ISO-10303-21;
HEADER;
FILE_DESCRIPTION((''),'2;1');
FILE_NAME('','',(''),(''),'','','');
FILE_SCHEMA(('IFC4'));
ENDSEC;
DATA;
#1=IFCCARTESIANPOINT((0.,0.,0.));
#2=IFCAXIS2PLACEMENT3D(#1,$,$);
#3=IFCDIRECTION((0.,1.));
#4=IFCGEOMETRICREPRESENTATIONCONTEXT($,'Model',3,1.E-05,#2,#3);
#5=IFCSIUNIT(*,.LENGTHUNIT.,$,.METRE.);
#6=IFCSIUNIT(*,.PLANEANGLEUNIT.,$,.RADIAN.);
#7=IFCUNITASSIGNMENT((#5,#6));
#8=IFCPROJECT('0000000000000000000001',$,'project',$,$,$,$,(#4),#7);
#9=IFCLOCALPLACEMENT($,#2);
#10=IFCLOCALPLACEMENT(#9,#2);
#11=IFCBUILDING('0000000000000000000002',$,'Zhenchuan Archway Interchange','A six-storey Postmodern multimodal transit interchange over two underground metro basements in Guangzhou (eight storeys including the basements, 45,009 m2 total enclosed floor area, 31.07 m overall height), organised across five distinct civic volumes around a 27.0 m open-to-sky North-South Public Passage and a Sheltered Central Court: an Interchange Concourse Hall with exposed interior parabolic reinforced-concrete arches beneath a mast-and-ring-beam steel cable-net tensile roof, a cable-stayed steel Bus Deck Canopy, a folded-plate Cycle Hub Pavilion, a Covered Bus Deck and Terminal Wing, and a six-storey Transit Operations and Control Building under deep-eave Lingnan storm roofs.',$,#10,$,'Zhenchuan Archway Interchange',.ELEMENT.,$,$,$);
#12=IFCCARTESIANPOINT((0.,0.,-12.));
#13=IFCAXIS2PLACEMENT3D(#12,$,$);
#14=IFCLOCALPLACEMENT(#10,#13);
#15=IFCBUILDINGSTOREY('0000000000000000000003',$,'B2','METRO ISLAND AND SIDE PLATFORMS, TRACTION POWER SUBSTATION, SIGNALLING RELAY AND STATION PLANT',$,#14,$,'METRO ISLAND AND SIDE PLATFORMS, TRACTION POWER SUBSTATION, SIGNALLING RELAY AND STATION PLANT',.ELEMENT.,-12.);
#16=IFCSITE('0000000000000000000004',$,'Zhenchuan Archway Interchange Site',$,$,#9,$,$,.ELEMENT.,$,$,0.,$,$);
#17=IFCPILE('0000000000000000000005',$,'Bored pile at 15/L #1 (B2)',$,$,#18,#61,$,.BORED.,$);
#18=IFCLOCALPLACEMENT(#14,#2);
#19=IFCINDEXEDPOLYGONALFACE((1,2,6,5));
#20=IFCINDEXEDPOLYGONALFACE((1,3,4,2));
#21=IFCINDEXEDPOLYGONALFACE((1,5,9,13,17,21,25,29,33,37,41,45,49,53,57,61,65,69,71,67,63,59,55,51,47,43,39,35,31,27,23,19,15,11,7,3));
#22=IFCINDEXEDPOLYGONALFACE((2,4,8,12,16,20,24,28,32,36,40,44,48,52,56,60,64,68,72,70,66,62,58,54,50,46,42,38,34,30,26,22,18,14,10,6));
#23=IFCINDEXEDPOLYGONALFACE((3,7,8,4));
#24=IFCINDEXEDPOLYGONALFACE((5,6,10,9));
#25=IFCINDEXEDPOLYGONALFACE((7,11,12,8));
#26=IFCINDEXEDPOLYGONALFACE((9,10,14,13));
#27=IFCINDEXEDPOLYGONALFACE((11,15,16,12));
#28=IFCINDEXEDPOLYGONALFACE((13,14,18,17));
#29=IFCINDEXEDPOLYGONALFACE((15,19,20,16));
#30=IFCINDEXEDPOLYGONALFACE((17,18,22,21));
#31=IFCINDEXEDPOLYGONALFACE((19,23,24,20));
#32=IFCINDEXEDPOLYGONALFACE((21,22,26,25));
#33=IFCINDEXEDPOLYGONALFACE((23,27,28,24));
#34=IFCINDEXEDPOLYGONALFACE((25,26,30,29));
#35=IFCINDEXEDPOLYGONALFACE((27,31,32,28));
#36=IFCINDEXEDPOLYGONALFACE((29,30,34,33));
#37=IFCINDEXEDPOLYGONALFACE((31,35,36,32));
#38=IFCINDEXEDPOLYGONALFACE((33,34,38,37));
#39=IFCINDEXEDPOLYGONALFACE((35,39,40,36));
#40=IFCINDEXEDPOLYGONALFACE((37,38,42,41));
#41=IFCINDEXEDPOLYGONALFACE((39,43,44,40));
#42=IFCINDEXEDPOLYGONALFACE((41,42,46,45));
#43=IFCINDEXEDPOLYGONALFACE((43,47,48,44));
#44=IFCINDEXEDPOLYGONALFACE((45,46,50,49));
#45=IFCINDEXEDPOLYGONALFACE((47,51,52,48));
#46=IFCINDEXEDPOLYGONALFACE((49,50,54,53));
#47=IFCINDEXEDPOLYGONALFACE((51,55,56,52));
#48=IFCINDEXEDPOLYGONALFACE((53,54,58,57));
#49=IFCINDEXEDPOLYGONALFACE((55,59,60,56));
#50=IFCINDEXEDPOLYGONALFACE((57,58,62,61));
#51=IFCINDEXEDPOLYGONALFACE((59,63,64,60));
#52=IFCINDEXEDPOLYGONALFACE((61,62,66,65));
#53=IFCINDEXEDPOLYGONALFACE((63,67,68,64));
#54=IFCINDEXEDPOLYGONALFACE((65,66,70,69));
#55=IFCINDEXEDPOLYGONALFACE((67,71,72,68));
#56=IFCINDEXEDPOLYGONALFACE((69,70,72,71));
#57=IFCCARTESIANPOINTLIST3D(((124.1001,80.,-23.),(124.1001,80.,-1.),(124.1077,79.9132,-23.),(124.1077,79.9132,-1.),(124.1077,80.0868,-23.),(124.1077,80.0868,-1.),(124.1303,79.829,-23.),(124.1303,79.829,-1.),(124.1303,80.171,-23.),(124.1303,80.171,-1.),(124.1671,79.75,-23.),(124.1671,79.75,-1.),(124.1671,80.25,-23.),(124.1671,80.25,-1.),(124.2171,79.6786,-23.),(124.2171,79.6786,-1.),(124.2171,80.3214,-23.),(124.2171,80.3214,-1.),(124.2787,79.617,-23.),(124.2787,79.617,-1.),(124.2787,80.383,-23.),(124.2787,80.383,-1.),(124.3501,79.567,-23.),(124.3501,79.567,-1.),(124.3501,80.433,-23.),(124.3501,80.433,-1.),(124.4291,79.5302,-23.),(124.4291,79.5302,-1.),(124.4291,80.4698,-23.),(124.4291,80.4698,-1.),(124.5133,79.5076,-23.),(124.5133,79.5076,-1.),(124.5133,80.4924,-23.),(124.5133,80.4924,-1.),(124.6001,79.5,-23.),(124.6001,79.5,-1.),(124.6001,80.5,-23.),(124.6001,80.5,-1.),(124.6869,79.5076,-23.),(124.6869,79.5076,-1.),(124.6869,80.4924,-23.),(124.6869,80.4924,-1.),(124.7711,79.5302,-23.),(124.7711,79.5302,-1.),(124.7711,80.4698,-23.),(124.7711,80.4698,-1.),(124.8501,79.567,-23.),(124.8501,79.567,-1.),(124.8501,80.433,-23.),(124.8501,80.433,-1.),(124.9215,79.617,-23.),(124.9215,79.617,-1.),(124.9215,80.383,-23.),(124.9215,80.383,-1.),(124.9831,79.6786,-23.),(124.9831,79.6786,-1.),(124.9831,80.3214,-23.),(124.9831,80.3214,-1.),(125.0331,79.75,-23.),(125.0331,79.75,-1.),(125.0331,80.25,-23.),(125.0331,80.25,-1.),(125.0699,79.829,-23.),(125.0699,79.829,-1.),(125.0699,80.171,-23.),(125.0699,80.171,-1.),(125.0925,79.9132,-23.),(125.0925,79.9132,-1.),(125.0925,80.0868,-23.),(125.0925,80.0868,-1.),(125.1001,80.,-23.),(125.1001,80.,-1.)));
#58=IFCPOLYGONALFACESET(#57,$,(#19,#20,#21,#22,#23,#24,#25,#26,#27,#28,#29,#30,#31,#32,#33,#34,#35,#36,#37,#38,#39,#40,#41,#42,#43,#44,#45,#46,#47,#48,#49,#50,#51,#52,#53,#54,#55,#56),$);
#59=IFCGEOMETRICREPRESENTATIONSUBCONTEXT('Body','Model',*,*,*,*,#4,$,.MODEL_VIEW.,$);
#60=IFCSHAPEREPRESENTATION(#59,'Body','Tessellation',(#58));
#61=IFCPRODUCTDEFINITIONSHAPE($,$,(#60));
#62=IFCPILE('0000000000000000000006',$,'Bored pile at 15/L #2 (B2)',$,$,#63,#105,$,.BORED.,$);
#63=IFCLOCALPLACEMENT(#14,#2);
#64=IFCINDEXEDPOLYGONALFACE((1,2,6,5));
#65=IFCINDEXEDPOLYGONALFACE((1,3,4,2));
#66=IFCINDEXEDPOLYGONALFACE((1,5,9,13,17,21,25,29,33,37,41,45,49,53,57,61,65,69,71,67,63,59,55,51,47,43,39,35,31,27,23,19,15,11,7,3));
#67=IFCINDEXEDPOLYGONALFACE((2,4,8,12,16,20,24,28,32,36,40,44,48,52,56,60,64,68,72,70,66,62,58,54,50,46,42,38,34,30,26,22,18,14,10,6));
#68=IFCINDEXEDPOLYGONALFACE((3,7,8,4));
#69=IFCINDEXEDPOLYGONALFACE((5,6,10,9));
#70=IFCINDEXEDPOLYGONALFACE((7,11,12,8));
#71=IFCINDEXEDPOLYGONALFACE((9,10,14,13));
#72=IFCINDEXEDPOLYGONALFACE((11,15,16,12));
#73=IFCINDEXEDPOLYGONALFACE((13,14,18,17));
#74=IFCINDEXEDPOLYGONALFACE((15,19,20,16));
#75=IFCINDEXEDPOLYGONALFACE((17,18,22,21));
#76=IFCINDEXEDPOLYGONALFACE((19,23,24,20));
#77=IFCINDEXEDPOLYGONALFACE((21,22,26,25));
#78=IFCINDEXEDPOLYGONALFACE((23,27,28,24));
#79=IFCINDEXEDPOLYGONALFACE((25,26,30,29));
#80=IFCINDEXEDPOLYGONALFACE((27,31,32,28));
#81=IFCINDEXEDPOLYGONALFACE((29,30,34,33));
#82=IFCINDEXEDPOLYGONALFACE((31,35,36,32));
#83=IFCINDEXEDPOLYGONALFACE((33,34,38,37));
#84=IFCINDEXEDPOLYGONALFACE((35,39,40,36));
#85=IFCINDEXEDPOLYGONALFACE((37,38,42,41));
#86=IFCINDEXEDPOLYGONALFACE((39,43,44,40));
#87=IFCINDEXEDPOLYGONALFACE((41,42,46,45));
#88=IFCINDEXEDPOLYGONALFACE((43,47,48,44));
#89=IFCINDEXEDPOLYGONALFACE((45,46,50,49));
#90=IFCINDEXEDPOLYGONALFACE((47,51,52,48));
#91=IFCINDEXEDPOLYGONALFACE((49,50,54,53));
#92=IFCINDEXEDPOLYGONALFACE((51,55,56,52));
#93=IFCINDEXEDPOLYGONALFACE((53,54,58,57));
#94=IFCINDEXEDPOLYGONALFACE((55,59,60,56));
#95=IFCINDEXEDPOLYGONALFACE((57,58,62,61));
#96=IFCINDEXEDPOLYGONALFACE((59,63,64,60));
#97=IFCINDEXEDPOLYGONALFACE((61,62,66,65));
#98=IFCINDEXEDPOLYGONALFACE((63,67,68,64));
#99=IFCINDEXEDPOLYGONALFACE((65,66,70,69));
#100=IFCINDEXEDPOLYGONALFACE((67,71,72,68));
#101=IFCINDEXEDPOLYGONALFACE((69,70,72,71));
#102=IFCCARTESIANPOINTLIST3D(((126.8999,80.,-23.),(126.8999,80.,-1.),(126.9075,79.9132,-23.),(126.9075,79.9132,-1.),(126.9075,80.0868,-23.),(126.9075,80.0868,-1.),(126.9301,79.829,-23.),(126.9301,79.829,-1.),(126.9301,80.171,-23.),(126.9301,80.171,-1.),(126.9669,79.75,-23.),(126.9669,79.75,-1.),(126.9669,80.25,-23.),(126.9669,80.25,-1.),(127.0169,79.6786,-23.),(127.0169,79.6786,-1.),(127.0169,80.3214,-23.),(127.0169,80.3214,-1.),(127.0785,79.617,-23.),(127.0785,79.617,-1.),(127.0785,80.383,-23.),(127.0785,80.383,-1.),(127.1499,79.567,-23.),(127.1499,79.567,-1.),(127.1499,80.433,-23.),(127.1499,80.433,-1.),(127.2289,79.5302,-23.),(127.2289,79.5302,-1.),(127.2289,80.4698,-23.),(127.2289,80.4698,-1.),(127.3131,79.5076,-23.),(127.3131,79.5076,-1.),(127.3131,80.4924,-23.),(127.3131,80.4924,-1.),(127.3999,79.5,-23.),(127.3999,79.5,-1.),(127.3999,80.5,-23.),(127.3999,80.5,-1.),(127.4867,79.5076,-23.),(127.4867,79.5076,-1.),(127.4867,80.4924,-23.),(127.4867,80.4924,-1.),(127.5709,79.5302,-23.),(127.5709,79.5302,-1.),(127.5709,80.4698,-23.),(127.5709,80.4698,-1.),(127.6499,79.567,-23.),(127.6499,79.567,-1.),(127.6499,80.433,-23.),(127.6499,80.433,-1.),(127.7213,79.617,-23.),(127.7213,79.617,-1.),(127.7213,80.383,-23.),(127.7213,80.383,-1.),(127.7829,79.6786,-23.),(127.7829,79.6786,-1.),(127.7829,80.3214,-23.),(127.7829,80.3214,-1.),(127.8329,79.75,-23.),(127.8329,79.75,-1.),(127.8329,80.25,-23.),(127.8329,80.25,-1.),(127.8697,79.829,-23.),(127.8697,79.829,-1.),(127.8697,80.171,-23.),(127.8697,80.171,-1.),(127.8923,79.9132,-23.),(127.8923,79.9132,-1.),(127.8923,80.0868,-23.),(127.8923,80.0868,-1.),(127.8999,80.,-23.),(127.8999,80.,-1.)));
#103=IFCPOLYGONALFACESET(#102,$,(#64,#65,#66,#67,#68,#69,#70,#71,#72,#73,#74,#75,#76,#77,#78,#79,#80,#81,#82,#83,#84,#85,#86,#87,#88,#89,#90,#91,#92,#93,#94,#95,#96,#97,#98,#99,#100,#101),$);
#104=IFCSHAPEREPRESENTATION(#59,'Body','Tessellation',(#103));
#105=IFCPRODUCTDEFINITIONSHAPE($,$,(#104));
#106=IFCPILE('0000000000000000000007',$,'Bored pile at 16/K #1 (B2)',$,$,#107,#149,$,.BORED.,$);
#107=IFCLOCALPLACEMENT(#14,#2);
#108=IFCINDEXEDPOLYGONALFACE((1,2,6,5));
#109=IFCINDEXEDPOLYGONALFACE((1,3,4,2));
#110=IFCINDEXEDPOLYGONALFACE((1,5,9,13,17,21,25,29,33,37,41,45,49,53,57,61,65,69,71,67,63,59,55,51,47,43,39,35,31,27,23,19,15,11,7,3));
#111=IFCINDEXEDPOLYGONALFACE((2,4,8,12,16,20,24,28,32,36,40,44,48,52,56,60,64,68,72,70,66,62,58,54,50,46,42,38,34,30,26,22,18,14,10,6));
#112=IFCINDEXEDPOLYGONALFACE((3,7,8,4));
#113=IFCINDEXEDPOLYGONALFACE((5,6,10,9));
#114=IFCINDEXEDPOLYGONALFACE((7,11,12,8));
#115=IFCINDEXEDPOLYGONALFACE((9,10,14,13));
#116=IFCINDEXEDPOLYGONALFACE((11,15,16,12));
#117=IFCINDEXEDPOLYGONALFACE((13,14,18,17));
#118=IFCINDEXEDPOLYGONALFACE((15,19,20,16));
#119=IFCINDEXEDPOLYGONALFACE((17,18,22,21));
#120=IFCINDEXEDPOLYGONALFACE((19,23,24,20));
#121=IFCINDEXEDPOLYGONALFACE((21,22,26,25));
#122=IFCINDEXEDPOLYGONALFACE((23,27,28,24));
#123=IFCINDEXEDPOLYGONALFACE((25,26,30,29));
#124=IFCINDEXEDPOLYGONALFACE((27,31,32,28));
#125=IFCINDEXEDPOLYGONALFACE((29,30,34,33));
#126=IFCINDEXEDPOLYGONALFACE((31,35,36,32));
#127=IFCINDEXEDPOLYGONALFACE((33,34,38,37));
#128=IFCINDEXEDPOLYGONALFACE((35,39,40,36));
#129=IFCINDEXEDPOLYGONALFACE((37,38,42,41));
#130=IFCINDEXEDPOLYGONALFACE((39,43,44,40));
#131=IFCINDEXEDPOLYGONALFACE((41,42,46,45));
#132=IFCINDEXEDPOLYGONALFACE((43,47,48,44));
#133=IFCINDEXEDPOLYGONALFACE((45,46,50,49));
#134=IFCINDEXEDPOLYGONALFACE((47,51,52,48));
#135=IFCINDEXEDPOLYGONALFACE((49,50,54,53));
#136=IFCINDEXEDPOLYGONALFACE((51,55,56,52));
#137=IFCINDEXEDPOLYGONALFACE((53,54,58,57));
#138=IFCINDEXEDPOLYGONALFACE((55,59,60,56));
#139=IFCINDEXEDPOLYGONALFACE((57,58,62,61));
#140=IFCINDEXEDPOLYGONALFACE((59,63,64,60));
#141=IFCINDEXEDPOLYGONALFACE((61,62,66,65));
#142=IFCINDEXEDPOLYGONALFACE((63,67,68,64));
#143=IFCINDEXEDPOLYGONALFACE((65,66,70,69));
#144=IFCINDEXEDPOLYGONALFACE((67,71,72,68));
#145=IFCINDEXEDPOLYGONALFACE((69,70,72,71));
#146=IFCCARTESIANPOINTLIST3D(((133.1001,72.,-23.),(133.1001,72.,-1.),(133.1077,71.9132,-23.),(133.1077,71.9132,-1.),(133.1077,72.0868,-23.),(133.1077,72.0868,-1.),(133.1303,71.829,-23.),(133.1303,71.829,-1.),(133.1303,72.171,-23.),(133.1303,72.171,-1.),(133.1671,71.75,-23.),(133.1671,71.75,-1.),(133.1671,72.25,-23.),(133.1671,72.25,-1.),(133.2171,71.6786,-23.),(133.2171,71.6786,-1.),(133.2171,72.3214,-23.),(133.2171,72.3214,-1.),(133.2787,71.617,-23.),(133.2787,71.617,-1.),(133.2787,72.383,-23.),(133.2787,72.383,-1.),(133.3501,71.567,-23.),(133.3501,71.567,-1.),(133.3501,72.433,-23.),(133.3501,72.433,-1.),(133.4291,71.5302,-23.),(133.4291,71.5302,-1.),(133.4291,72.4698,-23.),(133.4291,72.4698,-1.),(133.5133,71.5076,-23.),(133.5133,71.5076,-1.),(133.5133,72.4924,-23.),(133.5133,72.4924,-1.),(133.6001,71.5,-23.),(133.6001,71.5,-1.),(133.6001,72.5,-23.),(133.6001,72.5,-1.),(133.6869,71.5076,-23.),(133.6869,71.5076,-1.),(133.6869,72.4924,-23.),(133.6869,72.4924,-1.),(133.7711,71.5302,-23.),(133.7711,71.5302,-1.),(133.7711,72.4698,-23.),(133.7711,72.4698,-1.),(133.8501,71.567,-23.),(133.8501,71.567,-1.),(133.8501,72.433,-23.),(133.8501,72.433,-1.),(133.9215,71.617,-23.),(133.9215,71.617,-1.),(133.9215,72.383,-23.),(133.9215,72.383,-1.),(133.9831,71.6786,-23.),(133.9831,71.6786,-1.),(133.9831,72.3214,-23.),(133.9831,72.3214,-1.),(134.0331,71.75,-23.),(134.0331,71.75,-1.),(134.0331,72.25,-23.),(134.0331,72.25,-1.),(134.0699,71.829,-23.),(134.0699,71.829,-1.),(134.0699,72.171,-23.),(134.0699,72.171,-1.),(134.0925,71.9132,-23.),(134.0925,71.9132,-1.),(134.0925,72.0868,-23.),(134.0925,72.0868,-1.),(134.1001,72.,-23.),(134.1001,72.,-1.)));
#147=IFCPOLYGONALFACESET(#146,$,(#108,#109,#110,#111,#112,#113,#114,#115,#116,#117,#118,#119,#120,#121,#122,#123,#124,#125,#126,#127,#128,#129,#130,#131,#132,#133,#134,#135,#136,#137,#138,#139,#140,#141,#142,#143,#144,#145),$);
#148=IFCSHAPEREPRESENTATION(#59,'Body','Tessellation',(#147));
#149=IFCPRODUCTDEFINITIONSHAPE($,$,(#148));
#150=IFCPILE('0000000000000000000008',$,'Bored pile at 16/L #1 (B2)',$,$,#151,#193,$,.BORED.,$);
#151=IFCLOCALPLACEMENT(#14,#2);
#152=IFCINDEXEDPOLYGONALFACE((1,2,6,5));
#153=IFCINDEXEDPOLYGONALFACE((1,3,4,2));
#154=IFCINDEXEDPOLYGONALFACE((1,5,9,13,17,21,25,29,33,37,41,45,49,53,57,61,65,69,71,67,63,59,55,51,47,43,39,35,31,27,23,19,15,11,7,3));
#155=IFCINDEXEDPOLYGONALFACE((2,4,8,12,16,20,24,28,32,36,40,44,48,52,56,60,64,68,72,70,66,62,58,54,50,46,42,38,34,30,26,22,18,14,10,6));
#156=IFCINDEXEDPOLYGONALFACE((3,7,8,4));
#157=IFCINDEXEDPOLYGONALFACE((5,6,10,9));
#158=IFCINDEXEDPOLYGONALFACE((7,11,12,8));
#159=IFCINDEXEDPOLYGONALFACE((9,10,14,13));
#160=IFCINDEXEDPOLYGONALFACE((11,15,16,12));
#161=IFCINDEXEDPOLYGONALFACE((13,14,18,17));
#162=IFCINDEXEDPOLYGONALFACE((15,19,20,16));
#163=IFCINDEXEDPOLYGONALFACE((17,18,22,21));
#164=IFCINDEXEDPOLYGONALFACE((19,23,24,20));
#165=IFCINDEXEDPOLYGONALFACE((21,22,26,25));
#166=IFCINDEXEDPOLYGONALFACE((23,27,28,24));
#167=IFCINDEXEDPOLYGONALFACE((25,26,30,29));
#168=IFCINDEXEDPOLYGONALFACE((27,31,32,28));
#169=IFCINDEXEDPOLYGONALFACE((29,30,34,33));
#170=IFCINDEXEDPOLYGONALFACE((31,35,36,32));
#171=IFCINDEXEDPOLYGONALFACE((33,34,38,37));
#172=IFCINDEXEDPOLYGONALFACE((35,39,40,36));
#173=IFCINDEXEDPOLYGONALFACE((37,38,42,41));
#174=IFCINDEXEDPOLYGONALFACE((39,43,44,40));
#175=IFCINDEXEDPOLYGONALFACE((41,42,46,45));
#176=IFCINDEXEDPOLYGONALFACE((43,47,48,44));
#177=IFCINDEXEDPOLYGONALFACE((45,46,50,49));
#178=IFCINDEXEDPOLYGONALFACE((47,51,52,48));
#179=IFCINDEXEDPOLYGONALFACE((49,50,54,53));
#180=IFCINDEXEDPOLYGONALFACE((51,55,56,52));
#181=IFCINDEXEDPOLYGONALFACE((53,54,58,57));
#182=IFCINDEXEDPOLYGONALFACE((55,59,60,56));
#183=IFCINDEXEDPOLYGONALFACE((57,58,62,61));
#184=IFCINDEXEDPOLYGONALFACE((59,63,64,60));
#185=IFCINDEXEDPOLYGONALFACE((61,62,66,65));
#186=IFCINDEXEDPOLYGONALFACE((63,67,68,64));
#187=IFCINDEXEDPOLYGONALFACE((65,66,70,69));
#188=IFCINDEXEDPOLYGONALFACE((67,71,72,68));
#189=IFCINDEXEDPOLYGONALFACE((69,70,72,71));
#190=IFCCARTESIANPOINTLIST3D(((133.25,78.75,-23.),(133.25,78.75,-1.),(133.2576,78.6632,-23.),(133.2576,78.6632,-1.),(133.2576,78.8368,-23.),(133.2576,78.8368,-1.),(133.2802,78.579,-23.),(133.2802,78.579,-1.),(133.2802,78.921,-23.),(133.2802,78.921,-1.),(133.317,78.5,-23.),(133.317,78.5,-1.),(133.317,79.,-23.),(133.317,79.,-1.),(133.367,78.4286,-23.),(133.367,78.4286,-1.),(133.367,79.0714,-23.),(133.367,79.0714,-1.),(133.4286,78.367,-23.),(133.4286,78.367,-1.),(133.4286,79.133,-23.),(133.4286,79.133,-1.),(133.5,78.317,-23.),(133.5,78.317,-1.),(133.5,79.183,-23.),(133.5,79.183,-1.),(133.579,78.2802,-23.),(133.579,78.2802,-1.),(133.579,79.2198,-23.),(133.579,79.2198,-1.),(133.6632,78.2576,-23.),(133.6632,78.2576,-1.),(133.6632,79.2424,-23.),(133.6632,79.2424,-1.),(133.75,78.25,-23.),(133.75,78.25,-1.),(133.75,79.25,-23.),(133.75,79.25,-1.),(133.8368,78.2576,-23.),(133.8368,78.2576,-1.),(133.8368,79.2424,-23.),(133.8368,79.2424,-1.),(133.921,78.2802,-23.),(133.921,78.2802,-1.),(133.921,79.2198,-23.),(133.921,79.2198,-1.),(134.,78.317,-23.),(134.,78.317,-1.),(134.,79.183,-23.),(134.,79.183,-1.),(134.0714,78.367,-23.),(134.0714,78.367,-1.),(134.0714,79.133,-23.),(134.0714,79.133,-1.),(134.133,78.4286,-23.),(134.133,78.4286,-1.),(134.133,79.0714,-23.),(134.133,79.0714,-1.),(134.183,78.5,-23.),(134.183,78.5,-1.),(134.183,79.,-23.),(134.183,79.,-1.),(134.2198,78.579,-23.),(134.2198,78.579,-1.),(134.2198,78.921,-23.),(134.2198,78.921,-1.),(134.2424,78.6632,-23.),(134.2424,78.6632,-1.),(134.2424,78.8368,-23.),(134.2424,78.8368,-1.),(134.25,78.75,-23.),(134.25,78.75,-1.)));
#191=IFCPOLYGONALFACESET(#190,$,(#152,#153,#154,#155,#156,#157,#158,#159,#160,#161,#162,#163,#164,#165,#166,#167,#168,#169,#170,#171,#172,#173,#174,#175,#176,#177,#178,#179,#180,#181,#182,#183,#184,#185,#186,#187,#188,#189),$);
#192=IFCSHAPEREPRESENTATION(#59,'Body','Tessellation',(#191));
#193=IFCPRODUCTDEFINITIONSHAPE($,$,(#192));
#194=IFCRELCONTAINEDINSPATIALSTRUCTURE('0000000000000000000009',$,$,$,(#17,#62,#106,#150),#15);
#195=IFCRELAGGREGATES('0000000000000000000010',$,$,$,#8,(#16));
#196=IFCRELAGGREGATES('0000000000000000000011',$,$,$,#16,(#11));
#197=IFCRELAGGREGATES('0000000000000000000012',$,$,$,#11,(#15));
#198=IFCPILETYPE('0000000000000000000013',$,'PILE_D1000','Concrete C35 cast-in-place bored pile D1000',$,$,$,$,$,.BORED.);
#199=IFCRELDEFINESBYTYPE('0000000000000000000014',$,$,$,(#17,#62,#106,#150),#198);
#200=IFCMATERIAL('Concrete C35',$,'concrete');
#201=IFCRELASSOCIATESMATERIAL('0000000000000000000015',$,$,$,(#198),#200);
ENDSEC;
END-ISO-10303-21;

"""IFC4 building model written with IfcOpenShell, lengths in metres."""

from ifc_helpers import new_model, si_unit, direction, frame, origin, origin_2d, place, context, subcontext, project, spatial, circle, extrude, material, material_profile, profile_set, type_object, element, save


model = new_model("IFC4")

# Units and contexts
model_context = context("Model", 3, precision=1e-05, world=origin(), true_north=direction((0.0, 1.0)))
body_context = subcontext(model_context, "Body", "Model", "MODEL_VIEW")
ifc_project = project(units=[si_unit("LENGTHUNIT", "METRE"), si_unit("PLANEANGLEUNIT", "RADIAN")], contexts=[model_context])

# Site, building, storey
site_placement = place(None, origin())
site = spatial("IfcSite", under=ifc_project, at=site_placement, Name="Zhenchuan Archway Interchange Site", CompositionType="ELEMENT", RefElevation=0.0)
building_placement = place(site_placement, origin())
building = spatial("IfcBuilding", under=site, at=building_placement, Name="Zhenchuan Archway Interchange", Description="A six-storey Postmodern multimodal transit interchange over two underground metro basements in Guangzhou (eight storeys including the basements, 45,009 m2 total enclosed floor area, 31.07 m overall height), organised across five distinct civic volumes around a 27.0 m open-to-sky North-South Public Passage and a Sheltered Central Court: an Interchange Concourse Hall with exposed interior parabolic reinforced-concrete arches beneath a mast-and-ring-beam steel cable-net tensile roof, a cable-stayed steel Bus Deck Canopy, a folded-plate Cycle Hub Pavilion, a Covered Bus Deck and Terminal Wing, and a six-storey Transit Operations and Control Building under deep-eave Lingnan storm roofs.", LongName="Zhenchuan Archway Interchange", CompositionType="ELEMENT")
storey_placement = place(building_placement, frame((0.0, 0.0, -12.0)))
storey = spatial("IfcBuildingStorey", under=building, at=storey_placement, Name="B2", Description="METRO ISLAND AND SIDE PLATFORMS, TRACTION POWER SUBSTATION, SIGNALLING RELAY AND STATION PLANT", LongName="METRO ISLAND AND SIDE PLATFORMS, TRACTION POWER SUBSTATION, SIGNALLING RELAY AND STATION PLANT", CompositionType="ELEMENT", Elevation=-12.0)

# Piles
ifc_material_1 = material(Name="Concrete C35", Category="concrete")
ifc_material_profile_1 = material_profile(ifc_material_1, circle(Radius=0.5, at=origin_2d()), Name="BORED PILE 1000")
ifc_profile_set_1 = profile_set([ifc_material_profile_1], Name="Concrete C35")
pile_type_1 = type_object("IfcPileType", Name="PILE_D1000", Description="Concrete C35 cast-in-place bored pile D1000", PredefinedType="BORED", material=ifc_profile_set_1)
for number, where, z_axis, x_axis, name in (
    (1, (124.6001, 80.0, -1.0), (0.0, 0.0, -1.0), (1.0, 0.0, 0.0), "Bored pile at 15/L #1 (B2)"),
    (2, (127.3999, 80.0, -1.0), (0.0, 0.0, -1.0), (1.0, 0.0, 0.0), "Bored pile at 15/L #2 (B2)"),
    (3, (133.6001, 72.0, -1.0), (0.0, 0.0, -1.0), (1.0, 0.0, 0.0), "Bored pile at 16/K #1 (B2)"),
    (4, (133.75, 78.75, -1.0), (0.0, 0.0, -1.0), (1.0, 0.0, 0.0), "Bored pile at 16/L #1 (B2)"),
):
    element("IfcPile", number, at=place(storey_placement, frame(where, z_axis=z_axis, x_axis=x_axis)), inside=storey, type_object=pile_type_1, Name=name, PredefinedType="BORED", context=body_context, shape_type="SweptSolid", body=[
        extrude(circle(Radius=0.5, at=origin_2d()), origin(), (0.0, 0.0, 1.0), 22.0),
    ])

save(model, "model.ifc")
